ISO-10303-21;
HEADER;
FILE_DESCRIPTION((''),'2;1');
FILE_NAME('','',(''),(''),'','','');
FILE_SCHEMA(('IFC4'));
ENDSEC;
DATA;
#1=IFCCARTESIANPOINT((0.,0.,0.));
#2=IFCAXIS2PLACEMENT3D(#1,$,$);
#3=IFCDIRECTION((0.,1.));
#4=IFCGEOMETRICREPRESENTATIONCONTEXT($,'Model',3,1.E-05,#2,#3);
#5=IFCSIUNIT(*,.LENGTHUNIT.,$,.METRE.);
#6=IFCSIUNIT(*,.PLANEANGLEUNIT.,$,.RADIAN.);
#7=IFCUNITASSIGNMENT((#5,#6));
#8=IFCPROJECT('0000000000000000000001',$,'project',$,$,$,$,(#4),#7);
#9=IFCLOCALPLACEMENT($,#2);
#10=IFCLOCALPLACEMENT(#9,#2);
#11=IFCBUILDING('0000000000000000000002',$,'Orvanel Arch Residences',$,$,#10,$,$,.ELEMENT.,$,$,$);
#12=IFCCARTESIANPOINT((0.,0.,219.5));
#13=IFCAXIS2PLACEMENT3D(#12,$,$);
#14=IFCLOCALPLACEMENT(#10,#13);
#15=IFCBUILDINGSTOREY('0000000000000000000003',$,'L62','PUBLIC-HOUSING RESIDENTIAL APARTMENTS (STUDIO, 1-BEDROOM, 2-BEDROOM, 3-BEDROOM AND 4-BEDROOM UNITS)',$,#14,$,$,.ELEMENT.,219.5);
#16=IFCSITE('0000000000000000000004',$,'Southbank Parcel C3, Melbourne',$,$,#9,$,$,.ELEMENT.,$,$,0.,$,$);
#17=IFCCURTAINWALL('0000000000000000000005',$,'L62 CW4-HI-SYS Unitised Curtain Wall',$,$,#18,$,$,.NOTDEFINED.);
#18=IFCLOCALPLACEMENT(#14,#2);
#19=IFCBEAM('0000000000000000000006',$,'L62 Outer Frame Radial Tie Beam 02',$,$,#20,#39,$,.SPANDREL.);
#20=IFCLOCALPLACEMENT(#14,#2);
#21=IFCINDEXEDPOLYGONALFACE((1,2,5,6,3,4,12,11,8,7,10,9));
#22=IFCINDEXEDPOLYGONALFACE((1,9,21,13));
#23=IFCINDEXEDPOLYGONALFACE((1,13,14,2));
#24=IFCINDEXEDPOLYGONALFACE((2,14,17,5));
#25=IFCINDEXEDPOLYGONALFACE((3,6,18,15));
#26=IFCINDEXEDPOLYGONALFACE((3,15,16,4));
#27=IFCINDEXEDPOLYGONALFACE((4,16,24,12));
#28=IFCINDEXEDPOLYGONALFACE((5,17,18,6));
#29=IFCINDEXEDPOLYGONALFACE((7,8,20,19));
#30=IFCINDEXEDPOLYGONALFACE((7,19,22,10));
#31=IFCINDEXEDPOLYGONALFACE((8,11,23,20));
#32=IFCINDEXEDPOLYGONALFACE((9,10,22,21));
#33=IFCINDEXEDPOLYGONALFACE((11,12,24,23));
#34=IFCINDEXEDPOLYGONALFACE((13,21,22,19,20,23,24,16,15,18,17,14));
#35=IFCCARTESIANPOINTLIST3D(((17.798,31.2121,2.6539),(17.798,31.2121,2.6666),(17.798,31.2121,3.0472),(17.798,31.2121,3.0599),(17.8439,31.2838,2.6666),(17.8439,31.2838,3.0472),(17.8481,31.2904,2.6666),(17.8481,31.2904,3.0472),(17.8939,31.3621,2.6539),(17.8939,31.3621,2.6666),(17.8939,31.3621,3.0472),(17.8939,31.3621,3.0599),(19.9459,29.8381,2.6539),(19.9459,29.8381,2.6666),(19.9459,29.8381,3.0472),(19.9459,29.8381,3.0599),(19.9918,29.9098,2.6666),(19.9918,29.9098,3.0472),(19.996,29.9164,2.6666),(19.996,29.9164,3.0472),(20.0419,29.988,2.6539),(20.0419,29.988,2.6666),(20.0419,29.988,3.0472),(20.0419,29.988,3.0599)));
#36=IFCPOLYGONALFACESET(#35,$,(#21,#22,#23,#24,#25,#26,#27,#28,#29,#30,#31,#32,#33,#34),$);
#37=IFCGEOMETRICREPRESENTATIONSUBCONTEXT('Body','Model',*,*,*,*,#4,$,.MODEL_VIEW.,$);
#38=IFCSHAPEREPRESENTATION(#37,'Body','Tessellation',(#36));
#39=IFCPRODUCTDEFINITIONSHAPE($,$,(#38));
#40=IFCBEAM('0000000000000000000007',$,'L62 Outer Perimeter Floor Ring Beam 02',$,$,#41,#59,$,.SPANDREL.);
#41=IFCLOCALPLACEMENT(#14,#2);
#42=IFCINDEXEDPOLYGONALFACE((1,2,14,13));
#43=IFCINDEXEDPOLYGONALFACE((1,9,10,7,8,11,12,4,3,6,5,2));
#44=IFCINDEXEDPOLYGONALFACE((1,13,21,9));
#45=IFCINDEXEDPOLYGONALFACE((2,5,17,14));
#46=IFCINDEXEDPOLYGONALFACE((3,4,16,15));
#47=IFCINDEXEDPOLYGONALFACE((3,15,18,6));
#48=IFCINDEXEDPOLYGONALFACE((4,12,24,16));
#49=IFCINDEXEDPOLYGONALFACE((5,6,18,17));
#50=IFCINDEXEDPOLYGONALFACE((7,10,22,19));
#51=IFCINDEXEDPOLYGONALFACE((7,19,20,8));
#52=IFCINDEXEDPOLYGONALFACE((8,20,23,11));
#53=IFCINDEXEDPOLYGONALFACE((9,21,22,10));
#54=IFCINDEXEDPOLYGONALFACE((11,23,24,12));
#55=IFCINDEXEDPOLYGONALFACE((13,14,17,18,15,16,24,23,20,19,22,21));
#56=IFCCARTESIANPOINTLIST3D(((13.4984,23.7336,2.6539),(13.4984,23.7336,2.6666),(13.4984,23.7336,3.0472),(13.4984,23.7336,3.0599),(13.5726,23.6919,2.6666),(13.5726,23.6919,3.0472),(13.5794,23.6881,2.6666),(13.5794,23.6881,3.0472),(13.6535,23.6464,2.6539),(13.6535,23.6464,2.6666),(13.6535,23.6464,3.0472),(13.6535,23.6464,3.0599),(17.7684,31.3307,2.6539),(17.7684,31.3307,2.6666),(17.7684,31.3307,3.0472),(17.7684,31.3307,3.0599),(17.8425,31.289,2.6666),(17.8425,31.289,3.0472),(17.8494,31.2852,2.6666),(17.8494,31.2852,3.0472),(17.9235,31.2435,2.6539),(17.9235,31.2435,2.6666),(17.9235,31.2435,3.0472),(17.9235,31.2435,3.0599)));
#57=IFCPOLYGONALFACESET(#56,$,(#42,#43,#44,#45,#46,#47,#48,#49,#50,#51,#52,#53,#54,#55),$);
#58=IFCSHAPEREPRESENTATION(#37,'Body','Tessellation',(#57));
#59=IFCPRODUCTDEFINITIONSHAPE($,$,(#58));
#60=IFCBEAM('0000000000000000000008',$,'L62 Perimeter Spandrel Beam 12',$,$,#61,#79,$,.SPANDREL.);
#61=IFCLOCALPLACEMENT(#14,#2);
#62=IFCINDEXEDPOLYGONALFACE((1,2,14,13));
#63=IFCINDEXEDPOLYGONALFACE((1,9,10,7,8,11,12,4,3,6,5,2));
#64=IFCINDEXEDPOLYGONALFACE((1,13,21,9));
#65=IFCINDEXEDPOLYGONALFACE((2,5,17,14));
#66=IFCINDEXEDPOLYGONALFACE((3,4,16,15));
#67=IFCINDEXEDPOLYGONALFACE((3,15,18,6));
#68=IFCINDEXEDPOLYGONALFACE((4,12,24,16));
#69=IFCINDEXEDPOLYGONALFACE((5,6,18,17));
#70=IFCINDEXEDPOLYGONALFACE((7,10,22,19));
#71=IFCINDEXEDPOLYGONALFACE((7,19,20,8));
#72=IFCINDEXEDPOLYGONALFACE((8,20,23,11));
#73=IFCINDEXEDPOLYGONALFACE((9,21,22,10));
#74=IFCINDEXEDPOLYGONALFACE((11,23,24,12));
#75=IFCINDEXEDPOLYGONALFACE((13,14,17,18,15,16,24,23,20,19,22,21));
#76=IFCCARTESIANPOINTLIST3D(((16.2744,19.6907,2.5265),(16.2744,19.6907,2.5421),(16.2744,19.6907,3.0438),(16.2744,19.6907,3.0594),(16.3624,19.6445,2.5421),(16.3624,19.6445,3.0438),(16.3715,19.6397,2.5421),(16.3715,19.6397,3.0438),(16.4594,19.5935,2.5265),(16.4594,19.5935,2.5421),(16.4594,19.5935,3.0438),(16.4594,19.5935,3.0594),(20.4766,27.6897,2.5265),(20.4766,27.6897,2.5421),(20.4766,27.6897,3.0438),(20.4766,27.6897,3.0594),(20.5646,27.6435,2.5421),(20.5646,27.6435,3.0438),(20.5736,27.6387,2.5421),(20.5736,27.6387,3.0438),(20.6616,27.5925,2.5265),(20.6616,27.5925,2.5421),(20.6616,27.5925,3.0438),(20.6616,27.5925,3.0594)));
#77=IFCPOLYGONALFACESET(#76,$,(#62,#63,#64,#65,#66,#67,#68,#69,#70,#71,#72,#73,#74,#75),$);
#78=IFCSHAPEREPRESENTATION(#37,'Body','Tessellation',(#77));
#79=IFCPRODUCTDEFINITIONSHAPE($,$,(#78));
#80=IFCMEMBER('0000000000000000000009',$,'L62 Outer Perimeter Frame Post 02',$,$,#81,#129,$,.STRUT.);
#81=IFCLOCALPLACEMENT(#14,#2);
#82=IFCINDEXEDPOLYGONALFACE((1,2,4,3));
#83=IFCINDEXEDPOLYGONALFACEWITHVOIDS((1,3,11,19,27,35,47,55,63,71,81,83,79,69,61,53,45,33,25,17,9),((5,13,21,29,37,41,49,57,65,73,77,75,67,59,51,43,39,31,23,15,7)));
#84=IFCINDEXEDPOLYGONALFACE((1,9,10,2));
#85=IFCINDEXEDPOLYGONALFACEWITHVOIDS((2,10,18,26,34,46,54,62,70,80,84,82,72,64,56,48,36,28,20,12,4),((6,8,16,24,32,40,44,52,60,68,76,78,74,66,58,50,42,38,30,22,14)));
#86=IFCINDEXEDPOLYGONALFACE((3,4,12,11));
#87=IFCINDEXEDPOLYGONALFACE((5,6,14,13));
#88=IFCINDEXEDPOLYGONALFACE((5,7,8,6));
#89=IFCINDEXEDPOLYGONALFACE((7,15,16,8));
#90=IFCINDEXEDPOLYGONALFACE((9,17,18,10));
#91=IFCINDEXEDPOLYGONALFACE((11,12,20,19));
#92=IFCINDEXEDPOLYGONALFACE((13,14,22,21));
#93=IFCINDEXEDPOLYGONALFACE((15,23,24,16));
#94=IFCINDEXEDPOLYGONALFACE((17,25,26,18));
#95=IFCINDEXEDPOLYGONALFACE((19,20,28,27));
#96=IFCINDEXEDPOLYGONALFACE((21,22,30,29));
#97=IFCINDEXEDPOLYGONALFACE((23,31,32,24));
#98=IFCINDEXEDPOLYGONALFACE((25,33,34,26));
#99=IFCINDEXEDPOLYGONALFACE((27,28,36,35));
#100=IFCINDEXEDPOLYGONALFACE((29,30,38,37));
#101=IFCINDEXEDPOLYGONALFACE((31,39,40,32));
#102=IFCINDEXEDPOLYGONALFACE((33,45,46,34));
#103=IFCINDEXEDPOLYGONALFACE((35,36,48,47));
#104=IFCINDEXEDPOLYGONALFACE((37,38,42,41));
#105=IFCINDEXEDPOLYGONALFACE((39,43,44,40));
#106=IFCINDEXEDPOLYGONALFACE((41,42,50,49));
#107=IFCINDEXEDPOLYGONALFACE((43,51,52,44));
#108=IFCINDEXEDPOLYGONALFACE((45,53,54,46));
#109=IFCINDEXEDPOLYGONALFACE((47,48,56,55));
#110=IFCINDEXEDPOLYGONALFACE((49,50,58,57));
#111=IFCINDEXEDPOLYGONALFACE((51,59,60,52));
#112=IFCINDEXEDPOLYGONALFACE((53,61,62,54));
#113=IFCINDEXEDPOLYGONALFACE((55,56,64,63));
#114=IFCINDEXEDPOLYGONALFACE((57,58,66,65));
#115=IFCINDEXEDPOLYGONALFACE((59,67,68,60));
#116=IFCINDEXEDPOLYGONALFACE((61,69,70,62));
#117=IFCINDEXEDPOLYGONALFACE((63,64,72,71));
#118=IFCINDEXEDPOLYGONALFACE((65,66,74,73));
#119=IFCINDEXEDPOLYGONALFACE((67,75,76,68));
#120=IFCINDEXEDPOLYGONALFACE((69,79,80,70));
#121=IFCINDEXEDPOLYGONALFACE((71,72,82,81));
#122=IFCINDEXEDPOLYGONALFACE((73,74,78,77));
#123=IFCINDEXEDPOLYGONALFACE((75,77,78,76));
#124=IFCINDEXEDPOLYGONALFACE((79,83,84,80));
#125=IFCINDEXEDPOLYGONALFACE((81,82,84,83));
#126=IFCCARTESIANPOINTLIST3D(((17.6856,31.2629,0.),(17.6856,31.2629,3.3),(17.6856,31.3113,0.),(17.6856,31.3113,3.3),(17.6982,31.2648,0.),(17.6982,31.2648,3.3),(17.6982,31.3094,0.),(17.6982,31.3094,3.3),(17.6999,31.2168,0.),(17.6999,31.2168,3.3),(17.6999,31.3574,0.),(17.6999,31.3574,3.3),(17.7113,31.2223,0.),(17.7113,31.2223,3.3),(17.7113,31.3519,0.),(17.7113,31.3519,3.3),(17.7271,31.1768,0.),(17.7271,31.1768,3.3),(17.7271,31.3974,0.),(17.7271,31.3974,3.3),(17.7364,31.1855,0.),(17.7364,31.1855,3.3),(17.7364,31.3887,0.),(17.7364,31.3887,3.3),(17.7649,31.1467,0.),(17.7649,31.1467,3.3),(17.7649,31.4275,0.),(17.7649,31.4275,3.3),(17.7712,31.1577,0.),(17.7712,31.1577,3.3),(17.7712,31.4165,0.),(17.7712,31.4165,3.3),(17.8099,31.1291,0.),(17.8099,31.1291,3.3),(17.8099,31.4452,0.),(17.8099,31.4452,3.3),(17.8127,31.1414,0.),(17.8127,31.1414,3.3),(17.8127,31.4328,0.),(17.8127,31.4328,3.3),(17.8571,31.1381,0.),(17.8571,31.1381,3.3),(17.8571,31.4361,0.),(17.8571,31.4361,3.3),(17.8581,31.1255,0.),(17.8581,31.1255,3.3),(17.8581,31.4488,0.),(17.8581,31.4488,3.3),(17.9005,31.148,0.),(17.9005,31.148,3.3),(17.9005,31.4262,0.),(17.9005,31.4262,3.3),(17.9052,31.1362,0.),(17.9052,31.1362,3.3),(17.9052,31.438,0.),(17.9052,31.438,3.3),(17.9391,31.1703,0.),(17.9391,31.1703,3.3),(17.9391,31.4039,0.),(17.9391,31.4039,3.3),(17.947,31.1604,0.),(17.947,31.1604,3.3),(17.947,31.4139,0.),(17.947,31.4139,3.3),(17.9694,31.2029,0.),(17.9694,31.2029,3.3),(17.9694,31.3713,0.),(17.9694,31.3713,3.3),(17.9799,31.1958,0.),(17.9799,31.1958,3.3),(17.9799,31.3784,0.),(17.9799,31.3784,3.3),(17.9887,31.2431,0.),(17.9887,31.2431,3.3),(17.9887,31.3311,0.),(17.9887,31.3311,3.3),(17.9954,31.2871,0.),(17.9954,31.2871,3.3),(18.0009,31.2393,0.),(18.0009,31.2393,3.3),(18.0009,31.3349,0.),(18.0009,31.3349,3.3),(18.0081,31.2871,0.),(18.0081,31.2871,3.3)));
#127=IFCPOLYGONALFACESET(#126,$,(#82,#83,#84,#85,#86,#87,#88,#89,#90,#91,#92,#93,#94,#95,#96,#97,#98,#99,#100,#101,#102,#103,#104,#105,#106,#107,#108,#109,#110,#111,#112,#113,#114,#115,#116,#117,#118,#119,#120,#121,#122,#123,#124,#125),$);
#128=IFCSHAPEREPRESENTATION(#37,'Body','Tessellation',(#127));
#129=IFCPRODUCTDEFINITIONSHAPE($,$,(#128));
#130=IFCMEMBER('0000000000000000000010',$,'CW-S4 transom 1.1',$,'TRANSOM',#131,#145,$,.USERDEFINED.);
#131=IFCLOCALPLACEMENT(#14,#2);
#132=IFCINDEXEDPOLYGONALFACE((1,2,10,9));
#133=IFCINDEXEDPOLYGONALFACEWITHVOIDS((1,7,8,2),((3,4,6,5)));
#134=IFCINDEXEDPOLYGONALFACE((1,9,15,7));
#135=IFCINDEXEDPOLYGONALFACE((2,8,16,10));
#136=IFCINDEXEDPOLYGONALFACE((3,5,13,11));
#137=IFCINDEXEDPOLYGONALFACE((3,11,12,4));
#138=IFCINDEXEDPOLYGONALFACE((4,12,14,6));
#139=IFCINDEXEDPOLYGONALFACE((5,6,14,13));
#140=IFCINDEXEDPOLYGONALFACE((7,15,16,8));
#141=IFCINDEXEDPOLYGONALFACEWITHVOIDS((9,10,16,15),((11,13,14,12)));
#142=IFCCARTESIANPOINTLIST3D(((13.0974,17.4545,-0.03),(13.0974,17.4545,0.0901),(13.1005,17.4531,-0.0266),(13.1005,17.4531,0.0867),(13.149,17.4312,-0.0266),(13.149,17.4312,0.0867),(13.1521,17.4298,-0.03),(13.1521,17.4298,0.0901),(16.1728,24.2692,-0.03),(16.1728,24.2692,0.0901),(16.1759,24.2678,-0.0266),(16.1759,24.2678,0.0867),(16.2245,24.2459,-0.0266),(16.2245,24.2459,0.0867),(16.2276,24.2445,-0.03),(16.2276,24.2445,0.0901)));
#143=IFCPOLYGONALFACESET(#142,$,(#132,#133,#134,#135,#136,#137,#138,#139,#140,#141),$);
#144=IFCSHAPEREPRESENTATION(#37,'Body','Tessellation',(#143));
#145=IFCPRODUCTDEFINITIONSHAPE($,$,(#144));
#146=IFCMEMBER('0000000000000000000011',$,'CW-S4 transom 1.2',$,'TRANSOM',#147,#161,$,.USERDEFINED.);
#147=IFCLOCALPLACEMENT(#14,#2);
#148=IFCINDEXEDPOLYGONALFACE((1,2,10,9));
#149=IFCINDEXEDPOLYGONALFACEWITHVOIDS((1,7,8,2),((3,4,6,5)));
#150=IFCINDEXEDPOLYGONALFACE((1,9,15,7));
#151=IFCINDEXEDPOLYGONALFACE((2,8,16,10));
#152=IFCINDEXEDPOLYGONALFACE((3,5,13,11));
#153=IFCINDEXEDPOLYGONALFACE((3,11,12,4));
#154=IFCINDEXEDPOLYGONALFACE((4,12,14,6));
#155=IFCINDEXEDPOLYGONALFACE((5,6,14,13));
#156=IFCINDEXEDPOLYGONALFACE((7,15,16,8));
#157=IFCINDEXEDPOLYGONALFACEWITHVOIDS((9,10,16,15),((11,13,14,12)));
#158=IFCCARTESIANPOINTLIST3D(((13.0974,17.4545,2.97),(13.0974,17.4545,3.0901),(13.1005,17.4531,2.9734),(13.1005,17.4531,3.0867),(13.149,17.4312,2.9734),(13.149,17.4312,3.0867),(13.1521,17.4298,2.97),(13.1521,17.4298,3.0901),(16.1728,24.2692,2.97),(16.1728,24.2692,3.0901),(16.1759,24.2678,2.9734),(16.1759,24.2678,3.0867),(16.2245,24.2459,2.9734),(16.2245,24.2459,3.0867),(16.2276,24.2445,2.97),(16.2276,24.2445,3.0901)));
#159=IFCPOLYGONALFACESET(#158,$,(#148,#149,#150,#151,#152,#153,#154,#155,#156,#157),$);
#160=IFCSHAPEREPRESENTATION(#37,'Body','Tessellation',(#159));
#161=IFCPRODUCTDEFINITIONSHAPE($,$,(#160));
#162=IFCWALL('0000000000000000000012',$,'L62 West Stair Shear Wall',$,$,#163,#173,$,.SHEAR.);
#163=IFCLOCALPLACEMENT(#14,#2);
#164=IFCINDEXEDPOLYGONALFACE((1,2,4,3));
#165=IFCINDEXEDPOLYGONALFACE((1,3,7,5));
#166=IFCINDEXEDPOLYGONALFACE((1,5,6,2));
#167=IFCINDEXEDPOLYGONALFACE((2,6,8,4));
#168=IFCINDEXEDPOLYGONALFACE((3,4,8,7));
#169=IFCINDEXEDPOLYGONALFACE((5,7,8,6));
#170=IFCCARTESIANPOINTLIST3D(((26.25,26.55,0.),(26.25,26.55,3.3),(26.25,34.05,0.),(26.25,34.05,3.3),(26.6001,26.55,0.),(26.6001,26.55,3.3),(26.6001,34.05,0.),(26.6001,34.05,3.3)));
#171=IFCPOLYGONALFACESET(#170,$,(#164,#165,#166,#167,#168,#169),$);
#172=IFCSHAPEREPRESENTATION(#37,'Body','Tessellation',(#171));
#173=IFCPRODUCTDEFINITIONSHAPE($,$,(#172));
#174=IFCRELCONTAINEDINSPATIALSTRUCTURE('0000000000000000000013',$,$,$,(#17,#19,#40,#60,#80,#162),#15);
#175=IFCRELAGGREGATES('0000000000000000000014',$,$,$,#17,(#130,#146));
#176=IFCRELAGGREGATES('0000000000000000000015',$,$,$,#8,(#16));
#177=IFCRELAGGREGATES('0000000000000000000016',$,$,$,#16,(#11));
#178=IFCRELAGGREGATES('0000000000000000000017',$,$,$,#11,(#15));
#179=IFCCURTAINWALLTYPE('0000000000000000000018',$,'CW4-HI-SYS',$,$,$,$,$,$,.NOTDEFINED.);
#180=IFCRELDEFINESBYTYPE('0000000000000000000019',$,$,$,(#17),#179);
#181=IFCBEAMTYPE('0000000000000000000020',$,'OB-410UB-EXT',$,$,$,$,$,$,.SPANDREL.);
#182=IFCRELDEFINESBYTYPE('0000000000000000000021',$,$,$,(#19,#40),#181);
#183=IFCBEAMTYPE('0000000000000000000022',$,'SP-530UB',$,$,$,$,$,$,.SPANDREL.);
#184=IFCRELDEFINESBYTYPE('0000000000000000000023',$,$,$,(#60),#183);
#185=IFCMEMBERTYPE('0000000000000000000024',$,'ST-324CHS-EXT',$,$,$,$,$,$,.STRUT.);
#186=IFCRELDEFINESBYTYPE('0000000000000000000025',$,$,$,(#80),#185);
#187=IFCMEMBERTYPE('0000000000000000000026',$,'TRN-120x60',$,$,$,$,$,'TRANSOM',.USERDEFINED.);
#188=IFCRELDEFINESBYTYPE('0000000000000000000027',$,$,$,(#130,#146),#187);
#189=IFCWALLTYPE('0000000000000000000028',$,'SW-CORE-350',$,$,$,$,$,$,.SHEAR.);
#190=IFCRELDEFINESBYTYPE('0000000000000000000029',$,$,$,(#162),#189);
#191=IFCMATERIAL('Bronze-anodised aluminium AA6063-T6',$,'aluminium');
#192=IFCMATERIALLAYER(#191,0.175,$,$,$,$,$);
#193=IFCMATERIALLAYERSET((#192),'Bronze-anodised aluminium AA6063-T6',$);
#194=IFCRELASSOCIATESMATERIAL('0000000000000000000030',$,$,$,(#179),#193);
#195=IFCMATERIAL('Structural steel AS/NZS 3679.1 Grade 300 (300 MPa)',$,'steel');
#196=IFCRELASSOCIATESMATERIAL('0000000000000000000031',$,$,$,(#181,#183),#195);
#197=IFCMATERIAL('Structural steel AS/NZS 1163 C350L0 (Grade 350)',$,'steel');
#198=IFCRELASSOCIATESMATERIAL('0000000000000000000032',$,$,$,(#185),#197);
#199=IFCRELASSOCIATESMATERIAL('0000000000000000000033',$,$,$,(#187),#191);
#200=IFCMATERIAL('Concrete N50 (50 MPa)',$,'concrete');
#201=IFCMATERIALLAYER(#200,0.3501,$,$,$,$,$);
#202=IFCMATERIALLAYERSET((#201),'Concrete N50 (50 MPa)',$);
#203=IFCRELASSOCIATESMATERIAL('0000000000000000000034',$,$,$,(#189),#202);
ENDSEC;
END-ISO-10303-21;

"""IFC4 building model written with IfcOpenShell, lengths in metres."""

from ifc_helpers import new_model, si_unit, direction, frame, frame_2d, origin, origin_2d, place, context, subcontext, project, spatial, rectangle, hollow_rectangle, hollow_circle, i_section, extrude, material, layer, layer_set, material_profile, profile_set, type_object, element, aggregate, save


model = new_model("IFC4")

# Units and contexts
model_context = context("Model", 3, precision=1e-05, world=origin(), true_north=direction((0.0, 1.0)))
body_context = subcontext(model_context, "Body", "Model", "MODEL_VIEW")
ifc_project = project(units=[si_unit("LENGTHUNIT", "METRE"), si_unit("PLANEANGLEUNIT", "RADIAN")], contexts=[model_context])

# Site, building, storey
site_placement = place(None, origin())
site = spatial("IfcSite", under=ifc_project, at=site_placement, Name="Southbank Parcel C3, Melbourne", CompositionType="ELEMENT", RefElevation=0.0)
building_placement = place(site_placement, origin())
building = spatial("IfcBuilding", under=site, at=building_placement, Name="Orvanel Arch Residences", CompositionType="ELEMENT")
storey_placement = place(building_placement, frame((0.0, 0.0, 219.5)))
storey = spatial("IfcBuildingStorey", under=building, at=storey_placement, Name="L62", Description="PUBLIC-HOUSING RESIDENTIAL APARTMENTS (STUDIO, 1-BEDROOM, 2-BEDROOM, 3-BEDROOM AND 4-BEDROOM UNITS)", CompositionType="ELEMENT", Elevation=219.5)

# Shared definitions
ifc_material_1 = material(Name="Structural steel AS/NZS 1163 C350L0 (Grade 350)", Category="steel")

# Shared definitions
ifc_material_2 = material(Name="Structural steel AS/NZS 3679.1 Grade 300 (300 MPa)", Category="steel")

# Curtain wall
ifc_material_3 = material(Name="Bronze-anodised aluminium AA6063-T6", Category="aluminium")
ifc_layer_1 = layer(ifc_material_3, 0.175)
ifc_layer_set_1 = layer_set([ifc_layer_1], Name="Bronze-anodised aluminium AA6063-T6")
curtain_wall_type = type_object("IfcCurtainWallType", Name="CW4-HI-SYS", PredefinedType="NOTDEFINED", material=ifc_layer_set_1)
curtain_wall_placement = place(storey_placement, origin())
curtain_wall = element("IfcCurtainWall", 1, at=curtain_wall_placement, inside=storey, type_object=curtain_wall_type, Name="L62 CW4-HI-SYS Unitised Curtain Wall", PredefinedType="NOTDEFINED")

# Beams
ifc_material_profile_1 = material_profile(ifc_material_2, i_section(OverallWidth=0.178, OverallDepth=0.406, WebThickness=0.0078, FlangeThickness=0.0127, at=origin_2d()), Name="410UB59.7")
ifc_profile_set_1 = profile_set([ifc_material_profile_1], Name="Structural steel AS/NZS 3679.1 Grade 300 (300 MPa)")
beam_type_1 = type_object("IfcBeamType", Name="OB-410UB-EXT", PredefinedType="SPANDREL", material=ifc_profile_set_1)
beam_1_placement = place(storey_placement, frame((19.9939, 29.9131, 2.8569), z_axis=(-0.84239, 0.538869, 0.0), x_axis=(-0.538869, -0.84239, 0.0)))
element("IfcBeam", 2, at=beam_1_placement, inside=storey, type_object=beam_type_1, Name="L62 Outer Frame Radial Tie Beam 02", PredefinedType="SPANDREL", context=body_context, shape_type="SweptSolid", body=[
    extrude(i_section(OverallWidth=0.178, OverallDepth=0.406, WebThickness=0.0078, FlangeThickness=0.0127, at=origin_2d()), origin(), (0.0, 0.0, 1.0), 2.5498),
])
beam_2_placement = place(storey_placement, frame((17.8459, 31.2871, 2.8569), z_axis=(-0.489966, -0.871742, 0.0), x_axis=(0.871742, -0.489966, 0.0)))
element("IfcBeam", 3, at=beam_2_placement, inside=storey, type_object=beam_type_1, Name="L62 Outer Perimeter Floor Ring Beam 02", PredefinedType="SPANDREL", context=body_context, shape_type="SweptSolid", body=[
    extrude(i_section(OverallWidth=0.178, OverallDepth=0.406, WebThickness=0.0078, FlangeThickness=0.0127, at=origin_2d()), origin(), (0.0, 0.0, 1.0), 8.7148),
])
ifc_material_profile_2 = material_profile(ifc_material_2, i_section(OverallWidth=0.209, OverallDepth=0.533, WebThickness=0.0103, FlangeThickness=0.0156, at=origin_2d()), Name="530UB92.4")
ifc_profile_set_2 = profile_set([ifc_material_profile_2], Name="Structural steel AS/NZS 3679.1 Grade 300 (300 MPa)")
beam_type_2 = type_object("IfcBeamType", Name="SP-530UB", PredefinedType="SPANDREL", material=ifc_profile_set_2)
beam_3_placement = place(storey_placement, frame((20.5691, 27.6411, 2.793), z_axis=(-0.465065, -0.885277, 0.0), x_axis=(0.885277, -0.465065, 0.0)))
element("IfcBeam", 4, at=beam_3_placement, inside=storey, type_object=beam_type_2, Name="L62 Perimeter Spandrel Beam 12", PredefinedType="SPANDREL", context=body_context, shape_type="SweptSolid", body=[
    extrude(i_section(OverallWidth=0.209, OverallDepth=0.533, WebThickness=0.0103, FlangeThickness=0.0156, at=origin_2d()), origin(), (0.0, 0.0, 1.0), 9.0356),
])

# Members
ifc_material_profile_3 = material_profile(ifc_material_1, hollow_circle(Radius=0.1621, WallThickness=0.0127, at=origin_2d()), Name="CHS324x12.7")
ifc_profile_set_3 = profile_set([ifc_material_profile_3], Name="Structural steel AS/NZS 1163 C350L0 (Grade 350)")
member_type_1 = type_object("IfcMemberType", Name="ST-324CHS-EXT", PredefinedType="STRUT", material=ifc_profile_set_3)
member_1_placement = place(storey_placement, frame((17.8459, 31.2871, 0.0), z_axis=(0.0, 0.0, 1.0), x_axis=(1.0, 0.0, 0.0)))
element("IfcMember", 5, at=member_1_placement, inside=storey, type_object=member_type_1, Name="L62 Outer Perimeter Frame Post 02", PredefinedType="STRUT", context=body_context, shape_type="SweptSolid", body=[
    extrude(hollow_circle(Radius=0.1621, WallThickness=0.0127, at=origin_2d()), origin(), (0.0, 0.0, 1.0), 3.3),
])
ifc_material_profile_4 = material_profile(ifc_material_3, hollow_rectangle(XDim=0.0601, YDim=0.1201, WallThickness=0.0034, at=origin_2d()), Name="ALU120x60x3.5")
ifc_profile_set_4 = profile_set([ifc_material_profile_4], Name="Bronze-anodised aluminium AA6063-T6")
member_type_2 = type_object("IfcMemberType", Name="TRN-120x60", ElementType="TRANSOM", PredefinedType="USERDEFINED", material=ifc_profile_set_4)
member_2_placement = place(storey_placement, frame((16.2002, 24.2568, 0.03), z_axis=(-0.411346, -0.911479, 0.0), x_axis=(0.911479, -0.411346, 0.0)))
member_2 = element("IfcMember", 6, at=member_2_placement, type_object=member_type_2, Name="CW-S4 transom 1.1", ObjectType="TRANSOM", PredefinedType="USERDEFINED", context=body_context, shape_type="SweptSolid", body=[
    extrude(hollow_rectangle(XDim=0.0601, YDim=0.1201, WallThickness=0.0034, at=origin_2d()), origin(), (0.0, 0.0, 1.0), 7.4766),
])
member_3_placement = place(storey_placement, frame((16.2002, 24.2568, 3.03), z_axis=(-0.411346, -0.911479, 0.0), x_axis=(0.911479, -0.411346, 0.0)))
member_3 = element("IfcMember", 7, at=member_3_placement, type_object=member_type_2, Name="CW-S4 transom 1.2", ObjectType="TRANSOM", PredefinedType="USERDEFINED", context=body_context, shape_type="SweptSolid", body=[
    extrude(hollow_rectangle(XDim=0.0601, YDim=0.1201, WallThickness=0.0034, at=origin_2d()), origin(), (0.0, 0.0, 1.0), 7.4766),
])
aggregate(curtain_wall, [member_2, member_3])

# Shared definitions
ifc_material_4 = material(Name="Concrete N50 (50 MPa)", Category="concrete")
ifc_layer_2 = layer(ifc_material_4, 0.3501)
ifc_layer_set_2 = layer_set([ifc_layer_2], Name="Concrete N50 (50 MPa)")
wall_type_1 = type_object("IfcWallType", Name="SW-CORE-350", PredefinedType="SHEAR", material=ifc_layer_set_2)

# Wall
wall_1_placement = place(storey_placement, frame((26.425, 26.55, 0.0), z_axis=(0.0, 0.0, 1.0), x_axis=(0.0, 1.0, 0.0)))
element("IfcWall", 8, at=wall_1_placement, inside=storey, type_object=wall_type_1, Name="L62 West Stair Shear Wall", PredefinedType="SHEAR", context=body_context, shape_type="SweptSolid", body=[
    extrude(rectangle(XDim=7.5, YDim=0.3501, at=frame_2d((3.75, 0.0))), origin(), (0.0, 0.0, 1.0), 3.3),
])

save(model, "model.ifc")
